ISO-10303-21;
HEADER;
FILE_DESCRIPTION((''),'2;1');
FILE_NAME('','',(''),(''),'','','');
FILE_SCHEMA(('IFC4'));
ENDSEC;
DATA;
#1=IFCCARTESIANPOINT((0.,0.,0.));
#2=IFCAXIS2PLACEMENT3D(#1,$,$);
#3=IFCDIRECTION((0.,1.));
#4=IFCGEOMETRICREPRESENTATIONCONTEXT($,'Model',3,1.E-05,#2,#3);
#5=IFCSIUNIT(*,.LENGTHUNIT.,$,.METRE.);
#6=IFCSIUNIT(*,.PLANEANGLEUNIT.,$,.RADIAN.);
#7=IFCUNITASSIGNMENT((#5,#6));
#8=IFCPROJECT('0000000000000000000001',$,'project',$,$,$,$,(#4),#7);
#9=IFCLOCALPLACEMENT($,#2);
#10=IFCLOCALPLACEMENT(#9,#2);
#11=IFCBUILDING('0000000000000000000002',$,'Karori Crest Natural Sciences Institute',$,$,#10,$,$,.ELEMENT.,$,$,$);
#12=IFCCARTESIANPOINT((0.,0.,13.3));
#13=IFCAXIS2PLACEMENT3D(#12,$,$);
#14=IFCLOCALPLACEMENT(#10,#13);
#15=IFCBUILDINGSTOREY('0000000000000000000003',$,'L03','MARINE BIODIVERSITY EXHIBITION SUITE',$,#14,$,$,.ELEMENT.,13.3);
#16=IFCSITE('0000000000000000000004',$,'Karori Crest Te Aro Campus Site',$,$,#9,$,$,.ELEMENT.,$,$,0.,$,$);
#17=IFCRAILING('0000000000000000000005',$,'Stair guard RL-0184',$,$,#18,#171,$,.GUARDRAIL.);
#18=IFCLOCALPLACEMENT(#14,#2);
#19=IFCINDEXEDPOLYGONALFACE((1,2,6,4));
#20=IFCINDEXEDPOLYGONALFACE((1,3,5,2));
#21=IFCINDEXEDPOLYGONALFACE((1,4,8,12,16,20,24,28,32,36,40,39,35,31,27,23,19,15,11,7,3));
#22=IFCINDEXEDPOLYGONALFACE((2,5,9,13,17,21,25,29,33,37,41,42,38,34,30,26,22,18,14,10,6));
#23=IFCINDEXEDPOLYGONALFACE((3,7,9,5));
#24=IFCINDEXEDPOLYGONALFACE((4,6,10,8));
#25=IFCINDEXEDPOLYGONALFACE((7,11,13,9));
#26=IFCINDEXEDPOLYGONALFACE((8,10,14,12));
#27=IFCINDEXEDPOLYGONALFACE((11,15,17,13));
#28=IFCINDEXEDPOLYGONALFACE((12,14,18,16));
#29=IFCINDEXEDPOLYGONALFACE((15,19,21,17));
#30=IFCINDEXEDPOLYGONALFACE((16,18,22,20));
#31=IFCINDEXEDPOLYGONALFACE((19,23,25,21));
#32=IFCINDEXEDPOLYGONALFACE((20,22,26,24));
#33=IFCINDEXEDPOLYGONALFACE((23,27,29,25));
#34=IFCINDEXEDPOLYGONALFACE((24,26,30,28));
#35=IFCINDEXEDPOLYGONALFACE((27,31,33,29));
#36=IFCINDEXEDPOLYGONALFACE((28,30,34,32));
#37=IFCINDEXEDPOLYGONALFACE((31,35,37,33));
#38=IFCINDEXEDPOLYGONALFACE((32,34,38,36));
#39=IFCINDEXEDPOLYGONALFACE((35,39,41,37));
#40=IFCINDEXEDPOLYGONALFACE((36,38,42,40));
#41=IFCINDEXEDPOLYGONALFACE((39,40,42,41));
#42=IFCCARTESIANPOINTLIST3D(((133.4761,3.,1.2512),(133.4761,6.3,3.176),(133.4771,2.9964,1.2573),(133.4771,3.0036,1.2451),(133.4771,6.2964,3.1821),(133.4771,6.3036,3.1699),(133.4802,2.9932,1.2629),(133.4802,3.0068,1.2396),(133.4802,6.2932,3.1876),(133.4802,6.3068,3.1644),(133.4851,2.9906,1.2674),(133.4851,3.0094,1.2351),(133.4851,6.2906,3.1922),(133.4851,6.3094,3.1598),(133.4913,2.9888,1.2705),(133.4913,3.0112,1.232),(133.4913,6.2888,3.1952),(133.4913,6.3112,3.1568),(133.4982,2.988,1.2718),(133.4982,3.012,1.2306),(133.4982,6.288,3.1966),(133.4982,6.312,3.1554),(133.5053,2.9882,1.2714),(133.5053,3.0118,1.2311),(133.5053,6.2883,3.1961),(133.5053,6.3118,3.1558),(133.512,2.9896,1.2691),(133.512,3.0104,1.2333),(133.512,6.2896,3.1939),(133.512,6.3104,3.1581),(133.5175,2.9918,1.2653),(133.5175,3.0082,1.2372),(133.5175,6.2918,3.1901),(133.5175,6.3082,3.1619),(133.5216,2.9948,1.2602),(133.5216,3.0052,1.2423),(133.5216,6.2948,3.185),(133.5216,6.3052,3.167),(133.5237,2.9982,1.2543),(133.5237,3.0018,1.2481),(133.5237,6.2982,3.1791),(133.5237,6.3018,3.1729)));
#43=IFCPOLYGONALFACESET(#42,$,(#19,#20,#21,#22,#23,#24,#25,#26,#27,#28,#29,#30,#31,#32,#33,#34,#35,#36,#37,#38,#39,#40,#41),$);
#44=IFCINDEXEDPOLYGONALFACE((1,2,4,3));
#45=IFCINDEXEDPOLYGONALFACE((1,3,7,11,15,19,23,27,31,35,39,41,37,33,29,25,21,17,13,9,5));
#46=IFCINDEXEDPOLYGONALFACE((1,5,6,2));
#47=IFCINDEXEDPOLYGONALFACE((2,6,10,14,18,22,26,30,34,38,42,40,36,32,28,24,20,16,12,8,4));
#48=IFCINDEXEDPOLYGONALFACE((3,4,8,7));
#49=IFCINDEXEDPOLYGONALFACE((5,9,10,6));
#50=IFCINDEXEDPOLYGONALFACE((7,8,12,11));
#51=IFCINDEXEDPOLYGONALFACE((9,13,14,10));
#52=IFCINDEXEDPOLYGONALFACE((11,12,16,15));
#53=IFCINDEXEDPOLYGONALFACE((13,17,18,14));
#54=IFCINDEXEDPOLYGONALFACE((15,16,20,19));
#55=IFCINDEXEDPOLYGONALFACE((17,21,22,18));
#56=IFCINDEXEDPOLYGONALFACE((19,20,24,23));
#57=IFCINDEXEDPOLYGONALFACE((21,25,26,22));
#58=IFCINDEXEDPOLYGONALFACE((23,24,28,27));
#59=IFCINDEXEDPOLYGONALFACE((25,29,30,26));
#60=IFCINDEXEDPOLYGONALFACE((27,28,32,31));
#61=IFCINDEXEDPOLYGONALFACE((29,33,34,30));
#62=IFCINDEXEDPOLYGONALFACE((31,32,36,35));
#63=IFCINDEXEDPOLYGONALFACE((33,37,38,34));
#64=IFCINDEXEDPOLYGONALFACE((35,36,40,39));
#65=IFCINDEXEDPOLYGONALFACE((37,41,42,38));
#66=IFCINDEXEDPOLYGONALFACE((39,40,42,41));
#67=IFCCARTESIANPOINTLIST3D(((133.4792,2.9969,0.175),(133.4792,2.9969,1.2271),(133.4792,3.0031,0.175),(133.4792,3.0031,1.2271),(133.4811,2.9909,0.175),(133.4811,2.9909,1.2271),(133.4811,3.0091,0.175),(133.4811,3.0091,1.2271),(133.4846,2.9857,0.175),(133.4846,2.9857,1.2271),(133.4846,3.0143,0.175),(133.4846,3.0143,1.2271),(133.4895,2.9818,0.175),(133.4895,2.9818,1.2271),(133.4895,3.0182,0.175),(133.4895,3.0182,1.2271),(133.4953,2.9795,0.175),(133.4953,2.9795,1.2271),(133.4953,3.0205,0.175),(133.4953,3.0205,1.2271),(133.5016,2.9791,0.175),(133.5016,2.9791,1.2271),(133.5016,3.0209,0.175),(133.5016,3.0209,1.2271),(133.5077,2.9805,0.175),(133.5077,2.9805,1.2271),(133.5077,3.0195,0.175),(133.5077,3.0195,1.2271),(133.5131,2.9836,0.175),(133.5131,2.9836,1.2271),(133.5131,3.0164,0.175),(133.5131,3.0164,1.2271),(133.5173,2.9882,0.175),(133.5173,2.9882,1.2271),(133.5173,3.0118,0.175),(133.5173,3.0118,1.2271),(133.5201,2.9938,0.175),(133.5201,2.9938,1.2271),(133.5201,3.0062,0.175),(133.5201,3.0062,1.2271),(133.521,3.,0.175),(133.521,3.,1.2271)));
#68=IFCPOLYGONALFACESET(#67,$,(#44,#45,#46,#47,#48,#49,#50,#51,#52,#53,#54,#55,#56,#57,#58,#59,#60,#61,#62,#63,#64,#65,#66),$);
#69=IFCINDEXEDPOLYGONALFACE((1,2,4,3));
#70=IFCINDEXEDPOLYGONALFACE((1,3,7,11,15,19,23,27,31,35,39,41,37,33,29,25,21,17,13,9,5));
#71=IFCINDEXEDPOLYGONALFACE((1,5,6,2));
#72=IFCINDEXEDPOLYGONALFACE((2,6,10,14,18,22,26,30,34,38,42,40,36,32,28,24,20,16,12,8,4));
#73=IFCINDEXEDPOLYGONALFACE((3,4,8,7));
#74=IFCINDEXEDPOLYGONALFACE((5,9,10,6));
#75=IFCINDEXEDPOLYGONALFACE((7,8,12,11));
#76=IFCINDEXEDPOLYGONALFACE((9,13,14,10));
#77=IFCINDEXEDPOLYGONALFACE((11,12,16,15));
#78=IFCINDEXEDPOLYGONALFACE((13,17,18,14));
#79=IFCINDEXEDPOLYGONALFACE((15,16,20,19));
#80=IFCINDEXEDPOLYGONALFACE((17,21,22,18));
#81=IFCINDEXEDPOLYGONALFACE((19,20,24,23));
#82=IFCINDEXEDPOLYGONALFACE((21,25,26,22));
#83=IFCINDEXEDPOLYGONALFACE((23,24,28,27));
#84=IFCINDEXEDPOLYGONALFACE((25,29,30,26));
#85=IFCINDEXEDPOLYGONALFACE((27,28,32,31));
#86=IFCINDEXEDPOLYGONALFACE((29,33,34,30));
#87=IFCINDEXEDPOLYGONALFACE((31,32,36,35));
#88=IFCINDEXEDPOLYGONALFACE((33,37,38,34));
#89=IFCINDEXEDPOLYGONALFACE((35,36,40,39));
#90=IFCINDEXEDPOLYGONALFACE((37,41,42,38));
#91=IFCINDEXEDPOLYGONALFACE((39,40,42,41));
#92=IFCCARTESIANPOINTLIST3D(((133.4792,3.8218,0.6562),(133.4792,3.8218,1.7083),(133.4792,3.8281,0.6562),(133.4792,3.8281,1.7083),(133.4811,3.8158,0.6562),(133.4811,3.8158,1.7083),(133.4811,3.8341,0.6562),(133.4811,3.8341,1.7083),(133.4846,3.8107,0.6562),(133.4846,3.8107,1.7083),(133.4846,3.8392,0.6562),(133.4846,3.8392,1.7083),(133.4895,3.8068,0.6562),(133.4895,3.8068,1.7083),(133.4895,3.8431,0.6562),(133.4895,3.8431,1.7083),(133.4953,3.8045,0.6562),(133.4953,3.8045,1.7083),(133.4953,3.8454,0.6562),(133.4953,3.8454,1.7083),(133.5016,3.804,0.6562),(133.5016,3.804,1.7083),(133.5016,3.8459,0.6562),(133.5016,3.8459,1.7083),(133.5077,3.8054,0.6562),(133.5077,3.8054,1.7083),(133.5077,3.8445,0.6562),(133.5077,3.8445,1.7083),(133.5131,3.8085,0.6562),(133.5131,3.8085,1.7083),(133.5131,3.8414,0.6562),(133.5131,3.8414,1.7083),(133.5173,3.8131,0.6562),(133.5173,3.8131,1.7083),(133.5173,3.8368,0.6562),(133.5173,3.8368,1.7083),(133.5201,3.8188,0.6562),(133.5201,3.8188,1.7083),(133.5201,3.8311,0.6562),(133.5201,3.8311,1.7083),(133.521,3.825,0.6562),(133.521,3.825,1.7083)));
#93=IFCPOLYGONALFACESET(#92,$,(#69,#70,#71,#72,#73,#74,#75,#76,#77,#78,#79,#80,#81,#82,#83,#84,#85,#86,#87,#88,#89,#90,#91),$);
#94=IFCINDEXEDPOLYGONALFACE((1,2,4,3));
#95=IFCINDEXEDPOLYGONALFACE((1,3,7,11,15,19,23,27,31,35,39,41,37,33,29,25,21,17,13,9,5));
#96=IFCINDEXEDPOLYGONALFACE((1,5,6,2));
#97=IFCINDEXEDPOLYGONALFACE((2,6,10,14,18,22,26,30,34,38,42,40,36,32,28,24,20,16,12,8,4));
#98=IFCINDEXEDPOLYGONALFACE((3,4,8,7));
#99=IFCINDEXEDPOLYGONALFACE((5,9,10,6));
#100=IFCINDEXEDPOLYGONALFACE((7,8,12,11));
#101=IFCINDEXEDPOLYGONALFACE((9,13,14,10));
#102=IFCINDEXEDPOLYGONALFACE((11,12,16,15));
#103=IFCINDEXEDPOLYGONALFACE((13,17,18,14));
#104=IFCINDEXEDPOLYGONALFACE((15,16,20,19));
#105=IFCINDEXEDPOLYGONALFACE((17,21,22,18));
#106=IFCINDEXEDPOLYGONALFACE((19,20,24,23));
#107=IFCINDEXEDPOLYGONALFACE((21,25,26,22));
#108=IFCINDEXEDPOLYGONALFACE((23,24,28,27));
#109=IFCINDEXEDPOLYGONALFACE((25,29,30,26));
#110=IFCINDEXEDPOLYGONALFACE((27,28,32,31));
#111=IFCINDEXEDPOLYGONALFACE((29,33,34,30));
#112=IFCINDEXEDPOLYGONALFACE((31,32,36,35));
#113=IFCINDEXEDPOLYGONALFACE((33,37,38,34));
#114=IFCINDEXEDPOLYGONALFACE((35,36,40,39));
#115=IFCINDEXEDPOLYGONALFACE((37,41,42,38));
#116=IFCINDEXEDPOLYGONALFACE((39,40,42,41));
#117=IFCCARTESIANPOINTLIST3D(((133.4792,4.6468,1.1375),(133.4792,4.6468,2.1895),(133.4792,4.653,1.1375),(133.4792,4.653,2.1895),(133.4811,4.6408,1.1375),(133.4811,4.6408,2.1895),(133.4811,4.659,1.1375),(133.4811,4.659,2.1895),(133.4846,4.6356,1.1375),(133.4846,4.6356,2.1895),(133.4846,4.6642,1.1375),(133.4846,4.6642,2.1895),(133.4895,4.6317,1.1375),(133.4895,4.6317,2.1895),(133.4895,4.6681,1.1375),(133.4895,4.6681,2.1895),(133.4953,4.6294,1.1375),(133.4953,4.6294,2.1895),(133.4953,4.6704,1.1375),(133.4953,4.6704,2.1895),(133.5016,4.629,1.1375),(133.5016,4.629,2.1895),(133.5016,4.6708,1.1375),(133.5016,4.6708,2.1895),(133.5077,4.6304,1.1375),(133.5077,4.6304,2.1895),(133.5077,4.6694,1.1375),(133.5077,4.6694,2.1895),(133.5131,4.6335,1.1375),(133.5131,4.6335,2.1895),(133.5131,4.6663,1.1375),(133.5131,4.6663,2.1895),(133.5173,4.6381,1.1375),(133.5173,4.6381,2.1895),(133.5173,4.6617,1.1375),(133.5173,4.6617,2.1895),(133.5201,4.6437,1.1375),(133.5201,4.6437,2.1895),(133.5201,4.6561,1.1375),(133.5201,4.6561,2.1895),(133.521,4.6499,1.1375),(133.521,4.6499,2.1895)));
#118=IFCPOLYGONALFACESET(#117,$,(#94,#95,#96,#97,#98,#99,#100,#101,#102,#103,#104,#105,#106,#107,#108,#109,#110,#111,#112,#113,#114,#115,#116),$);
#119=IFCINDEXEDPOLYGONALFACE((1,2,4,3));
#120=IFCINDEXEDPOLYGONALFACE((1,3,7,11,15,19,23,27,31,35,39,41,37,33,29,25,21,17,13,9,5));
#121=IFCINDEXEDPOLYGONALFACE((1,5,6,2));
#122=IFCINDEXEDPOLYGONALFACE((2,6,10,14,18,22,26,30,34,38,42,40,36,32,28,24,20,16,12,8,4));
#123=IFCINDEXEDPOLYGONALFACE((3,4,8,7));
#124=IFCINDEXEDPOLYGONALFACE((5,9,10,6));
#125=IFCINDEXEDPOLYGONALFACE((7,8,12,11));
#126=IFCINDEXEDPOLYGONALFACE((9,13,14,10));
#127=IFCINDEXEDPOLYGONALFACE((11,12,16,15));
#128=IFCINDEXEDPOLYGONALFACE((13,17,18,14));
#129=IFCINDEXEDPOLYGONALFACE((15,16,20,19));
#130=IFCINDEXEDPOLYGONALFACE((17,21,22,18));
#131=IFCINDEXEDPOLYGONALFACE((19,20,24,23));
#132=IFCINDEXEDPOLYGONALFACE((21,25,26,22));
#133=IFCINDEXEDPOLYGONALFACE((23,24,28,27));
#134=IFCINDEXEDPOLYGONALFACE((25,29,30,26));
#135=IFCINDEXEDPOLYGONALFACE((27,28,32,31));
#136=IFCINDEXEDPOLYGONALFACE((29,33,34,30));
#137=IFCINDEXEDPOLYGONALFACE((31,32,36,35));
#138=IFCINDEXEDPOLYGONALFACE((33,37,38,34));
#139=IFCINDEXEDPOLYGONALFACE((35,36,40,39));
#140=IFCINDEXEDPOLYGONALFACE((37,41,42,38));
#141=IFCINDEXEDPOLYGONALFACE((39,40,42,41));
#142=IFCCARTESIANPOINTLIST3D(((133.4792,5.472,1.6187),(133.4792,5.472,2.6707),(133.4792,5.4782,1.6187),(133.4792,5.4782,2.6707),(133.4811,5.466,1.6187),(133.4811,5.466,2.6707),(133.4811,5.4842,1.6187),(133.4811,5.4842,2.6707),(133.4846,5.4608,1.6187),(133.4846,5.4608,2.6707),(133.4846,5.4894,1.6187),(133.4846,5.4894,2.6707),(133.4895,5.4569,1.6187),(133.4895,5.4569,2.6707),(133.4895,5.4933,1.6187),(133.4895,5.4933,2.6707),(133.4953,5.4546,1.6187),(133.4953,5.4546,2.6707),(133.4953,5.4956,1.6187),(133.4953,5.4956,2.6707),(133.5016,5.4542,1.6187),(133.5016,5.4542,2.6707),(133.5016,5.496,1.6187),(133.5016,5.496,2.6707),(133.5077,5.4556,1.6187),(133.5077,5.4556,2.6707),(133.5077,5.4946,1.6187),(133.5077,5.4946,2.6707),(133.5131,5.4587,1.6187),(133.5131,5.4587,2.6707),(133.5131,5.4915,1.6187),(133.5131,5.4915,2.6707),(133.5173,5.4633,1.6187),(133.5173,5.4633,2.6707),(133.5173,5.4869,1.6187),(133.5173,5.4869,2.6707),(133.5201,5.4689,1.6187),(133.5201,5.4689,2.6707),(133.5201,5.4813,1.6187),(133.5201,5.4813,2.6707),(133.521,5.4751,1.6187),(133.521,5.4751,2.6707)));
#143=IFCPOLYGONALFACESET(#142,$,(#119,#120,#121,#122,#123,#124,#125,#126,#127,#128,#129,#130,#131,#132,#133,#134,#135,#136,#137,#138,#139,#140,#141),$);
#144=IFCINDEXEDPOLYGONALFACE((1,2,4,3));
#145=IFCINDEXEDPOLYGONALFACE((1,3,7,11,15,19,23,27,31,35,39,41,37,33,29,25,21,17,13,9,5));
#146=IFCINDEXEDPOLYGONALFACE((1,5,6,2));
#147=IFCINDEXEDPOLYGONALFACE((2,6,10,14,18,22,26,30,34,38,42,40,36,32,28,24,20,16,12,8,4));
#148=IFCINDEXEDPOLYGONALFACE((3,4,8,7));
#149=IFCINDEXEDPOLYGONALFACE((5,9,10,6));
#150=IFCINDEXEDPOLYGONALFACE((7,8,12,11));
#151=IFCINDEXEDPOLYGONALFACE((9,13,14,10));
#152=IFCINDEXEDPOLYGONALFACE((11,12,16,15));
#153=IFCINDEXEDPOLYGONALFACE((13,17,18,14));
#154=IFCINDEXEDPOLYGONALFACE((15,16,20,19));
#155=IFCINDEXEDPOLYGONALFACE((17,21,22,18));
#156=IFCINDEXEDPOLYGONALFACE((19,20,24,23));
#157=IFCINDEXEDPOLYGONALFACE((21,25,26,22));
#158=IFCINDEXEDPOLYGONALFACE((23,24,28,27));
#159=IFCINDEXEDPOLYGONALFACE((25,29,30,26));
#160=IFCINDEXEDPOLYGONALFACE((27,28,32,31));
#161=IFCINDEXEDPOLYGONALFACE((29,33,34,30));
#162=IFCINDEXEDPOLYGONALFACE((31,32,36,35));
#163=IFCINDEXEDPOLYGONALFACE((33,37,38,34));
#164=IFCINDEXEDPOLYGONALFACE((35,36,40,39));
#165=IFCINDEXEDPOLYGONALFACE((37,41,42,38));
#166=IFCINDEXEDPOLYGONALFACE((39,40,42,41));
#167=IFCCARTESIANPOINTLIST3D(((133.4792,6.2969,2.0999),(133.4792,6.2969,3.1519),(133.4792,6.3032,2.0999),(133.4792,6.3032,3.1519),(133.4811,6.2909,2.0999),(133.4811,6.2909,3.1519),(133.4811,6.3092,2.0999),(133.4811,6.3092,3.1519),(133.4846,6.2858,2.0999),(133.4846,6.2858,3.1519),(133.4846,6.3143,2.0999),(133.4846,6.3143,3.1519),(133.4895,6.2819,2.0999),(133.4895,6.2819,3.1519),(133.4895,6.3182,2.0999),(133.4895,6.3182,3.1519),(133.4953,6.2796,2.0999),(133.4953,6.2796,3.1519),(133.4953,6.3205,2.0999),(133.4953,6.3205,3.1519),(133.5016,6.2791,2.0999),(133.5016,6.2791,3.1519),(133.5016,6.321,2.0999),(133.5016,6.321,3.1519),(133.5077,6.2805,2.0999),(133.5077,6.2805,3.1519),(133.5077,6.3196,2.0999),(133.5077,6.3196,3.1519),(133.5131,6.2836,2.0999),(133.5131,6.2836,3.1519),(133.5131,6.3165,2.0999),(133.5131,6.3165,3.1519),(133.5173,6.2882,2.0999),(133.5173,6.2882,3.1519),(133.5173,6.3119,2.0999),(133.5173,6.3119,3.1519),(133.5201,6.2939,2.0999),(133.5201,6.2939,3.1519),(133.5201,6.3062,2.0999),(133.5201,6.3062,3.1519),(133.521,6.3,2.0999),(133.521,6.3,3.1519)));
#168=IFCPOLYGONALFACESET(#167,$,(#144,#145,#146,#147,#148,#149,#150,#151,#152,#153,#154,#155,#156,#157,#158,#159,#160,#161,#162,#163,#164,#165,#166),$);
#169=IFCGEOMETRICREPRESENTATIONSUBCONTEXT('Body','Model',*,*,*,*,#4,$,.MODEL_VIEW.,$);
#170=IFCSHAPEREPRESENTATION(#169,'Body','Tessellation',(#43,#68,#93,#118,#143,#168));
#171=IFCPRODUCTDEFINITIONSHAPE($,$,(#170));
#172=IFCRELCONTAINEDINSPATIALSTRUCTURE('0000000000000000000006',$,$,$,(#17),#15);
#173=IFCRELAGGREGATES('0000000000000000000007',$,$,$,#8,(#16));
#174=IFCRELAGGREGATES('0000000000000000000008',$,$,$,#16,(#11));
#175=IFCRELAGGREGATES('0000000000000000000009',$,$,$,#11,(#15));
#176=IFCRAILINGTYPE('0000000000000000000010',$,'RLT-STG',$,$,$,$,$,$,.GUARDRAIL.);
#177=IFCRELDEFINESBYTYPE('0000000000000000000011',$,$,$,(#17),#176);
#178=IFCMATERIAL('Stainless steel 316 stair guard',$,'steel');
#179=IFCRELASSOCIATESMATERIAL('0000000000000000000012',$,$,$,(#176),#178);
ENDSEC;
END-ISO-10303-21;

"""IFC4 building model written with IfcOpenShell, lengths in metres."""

from ifc_helpers import new_model, si_unit, direction, frame, origin, origin_2d, place, context, subcontext, project, spatial, circle, extrude, material, type_object, element, save


model = new_model("IFC4")

# Units and contexts
model_context = context("Model", 3, precision=1e-05, world=origin(), true_north=direction((0.0, 1.0)))
body_context = subcontext(model_context, "Body", "Model", "MODEL_VIEW")
ifc_project = project(units=[si_unit("LENGTHUNIT", "METRE"), si_unit("PLANEANGLEUNIT", "RADIAN")], contexts=[model_context])

# Site, building, storey
site_placement = place(None, origin())
site = spatial("IfcSite", under=ifc_project, at=site_placement, Name="Karori Crest Te Aro Campus Site", CompositionType="ELEMENT", RefElevation=0.0)
building_placement = place(site_placement, origin())
building = spatial("IfcBuilding", under=site, at=building_placement, Name="Karori Crest Natural Sciences Institute", CompositionType="ELEMENT")
storey_placement = place(building_placement, frame((0.0, 0.0, 13.3)))
storey = spatial("IfcBuildingStorey", under=building, at=storey_placement, Name="L03", Description="MARINE BIODIVERSITY EXHIBITION SUITE", CompositionType="ELEMENT", Elevation=13.3)

# Railing
ifc_material_1 = material(Name="Stainless steel 316 stair guard", Category="steel")
railing_type_1 = type_object("IfcRailingType", Name="RLT-STG", PredefinedType="GUARDRAIL", material=ifc_material_1)
railing_1_placement = place(storey_placement, frame((133.5, 3.0, 0.175)))
element("IfcRailing", 1, at=railing_1_placement, inside=storey, type_object=railing_type_1, Name="Stair guard RL-0184", PredefinedType="GUARDRAIL", context=body_context, shape_type="SweptSolid", body=[
    extrude(circle(Radius=0.0239, at=origin_2d()), frame((0.0, 0.0, 1.0762), z_axis=(0.0, 0.863804, 0.503827), x_axis=(-1.0, 0.0, 0.0)), (0.0, 0.0, 1.0), 3.8203),
    extrude(circle(Radius=0.021, at=origin_2d()), origin(), (0.0, 0.0, 1.0), 1.052),
    extrude(circle(Radius=0.021, at=origin_2d()), frame((0.0, 0.825, 0.4812)), (0.0, 0.0, 1.0), 1.052),
    extrude(circle(Radius=0.021, at=origin_2d()), frame((0.0, 1.6499, 0.9624)), (0.0, 0.0, 1.0), 1.052),
    extrude(circle(Radius=0.021, at=origin_2d()), frame((0.0, 2.4751, 1.4436)), (0.0, 0.0, 1.0), 1.052),
    extrude(circle(Radius=0.021, at=origin_2d()), frame((0.0, 3.3, 1.9248)), (0.0, 0.0, 1.0), 1.052),
])

save(model, "model.ifc")
